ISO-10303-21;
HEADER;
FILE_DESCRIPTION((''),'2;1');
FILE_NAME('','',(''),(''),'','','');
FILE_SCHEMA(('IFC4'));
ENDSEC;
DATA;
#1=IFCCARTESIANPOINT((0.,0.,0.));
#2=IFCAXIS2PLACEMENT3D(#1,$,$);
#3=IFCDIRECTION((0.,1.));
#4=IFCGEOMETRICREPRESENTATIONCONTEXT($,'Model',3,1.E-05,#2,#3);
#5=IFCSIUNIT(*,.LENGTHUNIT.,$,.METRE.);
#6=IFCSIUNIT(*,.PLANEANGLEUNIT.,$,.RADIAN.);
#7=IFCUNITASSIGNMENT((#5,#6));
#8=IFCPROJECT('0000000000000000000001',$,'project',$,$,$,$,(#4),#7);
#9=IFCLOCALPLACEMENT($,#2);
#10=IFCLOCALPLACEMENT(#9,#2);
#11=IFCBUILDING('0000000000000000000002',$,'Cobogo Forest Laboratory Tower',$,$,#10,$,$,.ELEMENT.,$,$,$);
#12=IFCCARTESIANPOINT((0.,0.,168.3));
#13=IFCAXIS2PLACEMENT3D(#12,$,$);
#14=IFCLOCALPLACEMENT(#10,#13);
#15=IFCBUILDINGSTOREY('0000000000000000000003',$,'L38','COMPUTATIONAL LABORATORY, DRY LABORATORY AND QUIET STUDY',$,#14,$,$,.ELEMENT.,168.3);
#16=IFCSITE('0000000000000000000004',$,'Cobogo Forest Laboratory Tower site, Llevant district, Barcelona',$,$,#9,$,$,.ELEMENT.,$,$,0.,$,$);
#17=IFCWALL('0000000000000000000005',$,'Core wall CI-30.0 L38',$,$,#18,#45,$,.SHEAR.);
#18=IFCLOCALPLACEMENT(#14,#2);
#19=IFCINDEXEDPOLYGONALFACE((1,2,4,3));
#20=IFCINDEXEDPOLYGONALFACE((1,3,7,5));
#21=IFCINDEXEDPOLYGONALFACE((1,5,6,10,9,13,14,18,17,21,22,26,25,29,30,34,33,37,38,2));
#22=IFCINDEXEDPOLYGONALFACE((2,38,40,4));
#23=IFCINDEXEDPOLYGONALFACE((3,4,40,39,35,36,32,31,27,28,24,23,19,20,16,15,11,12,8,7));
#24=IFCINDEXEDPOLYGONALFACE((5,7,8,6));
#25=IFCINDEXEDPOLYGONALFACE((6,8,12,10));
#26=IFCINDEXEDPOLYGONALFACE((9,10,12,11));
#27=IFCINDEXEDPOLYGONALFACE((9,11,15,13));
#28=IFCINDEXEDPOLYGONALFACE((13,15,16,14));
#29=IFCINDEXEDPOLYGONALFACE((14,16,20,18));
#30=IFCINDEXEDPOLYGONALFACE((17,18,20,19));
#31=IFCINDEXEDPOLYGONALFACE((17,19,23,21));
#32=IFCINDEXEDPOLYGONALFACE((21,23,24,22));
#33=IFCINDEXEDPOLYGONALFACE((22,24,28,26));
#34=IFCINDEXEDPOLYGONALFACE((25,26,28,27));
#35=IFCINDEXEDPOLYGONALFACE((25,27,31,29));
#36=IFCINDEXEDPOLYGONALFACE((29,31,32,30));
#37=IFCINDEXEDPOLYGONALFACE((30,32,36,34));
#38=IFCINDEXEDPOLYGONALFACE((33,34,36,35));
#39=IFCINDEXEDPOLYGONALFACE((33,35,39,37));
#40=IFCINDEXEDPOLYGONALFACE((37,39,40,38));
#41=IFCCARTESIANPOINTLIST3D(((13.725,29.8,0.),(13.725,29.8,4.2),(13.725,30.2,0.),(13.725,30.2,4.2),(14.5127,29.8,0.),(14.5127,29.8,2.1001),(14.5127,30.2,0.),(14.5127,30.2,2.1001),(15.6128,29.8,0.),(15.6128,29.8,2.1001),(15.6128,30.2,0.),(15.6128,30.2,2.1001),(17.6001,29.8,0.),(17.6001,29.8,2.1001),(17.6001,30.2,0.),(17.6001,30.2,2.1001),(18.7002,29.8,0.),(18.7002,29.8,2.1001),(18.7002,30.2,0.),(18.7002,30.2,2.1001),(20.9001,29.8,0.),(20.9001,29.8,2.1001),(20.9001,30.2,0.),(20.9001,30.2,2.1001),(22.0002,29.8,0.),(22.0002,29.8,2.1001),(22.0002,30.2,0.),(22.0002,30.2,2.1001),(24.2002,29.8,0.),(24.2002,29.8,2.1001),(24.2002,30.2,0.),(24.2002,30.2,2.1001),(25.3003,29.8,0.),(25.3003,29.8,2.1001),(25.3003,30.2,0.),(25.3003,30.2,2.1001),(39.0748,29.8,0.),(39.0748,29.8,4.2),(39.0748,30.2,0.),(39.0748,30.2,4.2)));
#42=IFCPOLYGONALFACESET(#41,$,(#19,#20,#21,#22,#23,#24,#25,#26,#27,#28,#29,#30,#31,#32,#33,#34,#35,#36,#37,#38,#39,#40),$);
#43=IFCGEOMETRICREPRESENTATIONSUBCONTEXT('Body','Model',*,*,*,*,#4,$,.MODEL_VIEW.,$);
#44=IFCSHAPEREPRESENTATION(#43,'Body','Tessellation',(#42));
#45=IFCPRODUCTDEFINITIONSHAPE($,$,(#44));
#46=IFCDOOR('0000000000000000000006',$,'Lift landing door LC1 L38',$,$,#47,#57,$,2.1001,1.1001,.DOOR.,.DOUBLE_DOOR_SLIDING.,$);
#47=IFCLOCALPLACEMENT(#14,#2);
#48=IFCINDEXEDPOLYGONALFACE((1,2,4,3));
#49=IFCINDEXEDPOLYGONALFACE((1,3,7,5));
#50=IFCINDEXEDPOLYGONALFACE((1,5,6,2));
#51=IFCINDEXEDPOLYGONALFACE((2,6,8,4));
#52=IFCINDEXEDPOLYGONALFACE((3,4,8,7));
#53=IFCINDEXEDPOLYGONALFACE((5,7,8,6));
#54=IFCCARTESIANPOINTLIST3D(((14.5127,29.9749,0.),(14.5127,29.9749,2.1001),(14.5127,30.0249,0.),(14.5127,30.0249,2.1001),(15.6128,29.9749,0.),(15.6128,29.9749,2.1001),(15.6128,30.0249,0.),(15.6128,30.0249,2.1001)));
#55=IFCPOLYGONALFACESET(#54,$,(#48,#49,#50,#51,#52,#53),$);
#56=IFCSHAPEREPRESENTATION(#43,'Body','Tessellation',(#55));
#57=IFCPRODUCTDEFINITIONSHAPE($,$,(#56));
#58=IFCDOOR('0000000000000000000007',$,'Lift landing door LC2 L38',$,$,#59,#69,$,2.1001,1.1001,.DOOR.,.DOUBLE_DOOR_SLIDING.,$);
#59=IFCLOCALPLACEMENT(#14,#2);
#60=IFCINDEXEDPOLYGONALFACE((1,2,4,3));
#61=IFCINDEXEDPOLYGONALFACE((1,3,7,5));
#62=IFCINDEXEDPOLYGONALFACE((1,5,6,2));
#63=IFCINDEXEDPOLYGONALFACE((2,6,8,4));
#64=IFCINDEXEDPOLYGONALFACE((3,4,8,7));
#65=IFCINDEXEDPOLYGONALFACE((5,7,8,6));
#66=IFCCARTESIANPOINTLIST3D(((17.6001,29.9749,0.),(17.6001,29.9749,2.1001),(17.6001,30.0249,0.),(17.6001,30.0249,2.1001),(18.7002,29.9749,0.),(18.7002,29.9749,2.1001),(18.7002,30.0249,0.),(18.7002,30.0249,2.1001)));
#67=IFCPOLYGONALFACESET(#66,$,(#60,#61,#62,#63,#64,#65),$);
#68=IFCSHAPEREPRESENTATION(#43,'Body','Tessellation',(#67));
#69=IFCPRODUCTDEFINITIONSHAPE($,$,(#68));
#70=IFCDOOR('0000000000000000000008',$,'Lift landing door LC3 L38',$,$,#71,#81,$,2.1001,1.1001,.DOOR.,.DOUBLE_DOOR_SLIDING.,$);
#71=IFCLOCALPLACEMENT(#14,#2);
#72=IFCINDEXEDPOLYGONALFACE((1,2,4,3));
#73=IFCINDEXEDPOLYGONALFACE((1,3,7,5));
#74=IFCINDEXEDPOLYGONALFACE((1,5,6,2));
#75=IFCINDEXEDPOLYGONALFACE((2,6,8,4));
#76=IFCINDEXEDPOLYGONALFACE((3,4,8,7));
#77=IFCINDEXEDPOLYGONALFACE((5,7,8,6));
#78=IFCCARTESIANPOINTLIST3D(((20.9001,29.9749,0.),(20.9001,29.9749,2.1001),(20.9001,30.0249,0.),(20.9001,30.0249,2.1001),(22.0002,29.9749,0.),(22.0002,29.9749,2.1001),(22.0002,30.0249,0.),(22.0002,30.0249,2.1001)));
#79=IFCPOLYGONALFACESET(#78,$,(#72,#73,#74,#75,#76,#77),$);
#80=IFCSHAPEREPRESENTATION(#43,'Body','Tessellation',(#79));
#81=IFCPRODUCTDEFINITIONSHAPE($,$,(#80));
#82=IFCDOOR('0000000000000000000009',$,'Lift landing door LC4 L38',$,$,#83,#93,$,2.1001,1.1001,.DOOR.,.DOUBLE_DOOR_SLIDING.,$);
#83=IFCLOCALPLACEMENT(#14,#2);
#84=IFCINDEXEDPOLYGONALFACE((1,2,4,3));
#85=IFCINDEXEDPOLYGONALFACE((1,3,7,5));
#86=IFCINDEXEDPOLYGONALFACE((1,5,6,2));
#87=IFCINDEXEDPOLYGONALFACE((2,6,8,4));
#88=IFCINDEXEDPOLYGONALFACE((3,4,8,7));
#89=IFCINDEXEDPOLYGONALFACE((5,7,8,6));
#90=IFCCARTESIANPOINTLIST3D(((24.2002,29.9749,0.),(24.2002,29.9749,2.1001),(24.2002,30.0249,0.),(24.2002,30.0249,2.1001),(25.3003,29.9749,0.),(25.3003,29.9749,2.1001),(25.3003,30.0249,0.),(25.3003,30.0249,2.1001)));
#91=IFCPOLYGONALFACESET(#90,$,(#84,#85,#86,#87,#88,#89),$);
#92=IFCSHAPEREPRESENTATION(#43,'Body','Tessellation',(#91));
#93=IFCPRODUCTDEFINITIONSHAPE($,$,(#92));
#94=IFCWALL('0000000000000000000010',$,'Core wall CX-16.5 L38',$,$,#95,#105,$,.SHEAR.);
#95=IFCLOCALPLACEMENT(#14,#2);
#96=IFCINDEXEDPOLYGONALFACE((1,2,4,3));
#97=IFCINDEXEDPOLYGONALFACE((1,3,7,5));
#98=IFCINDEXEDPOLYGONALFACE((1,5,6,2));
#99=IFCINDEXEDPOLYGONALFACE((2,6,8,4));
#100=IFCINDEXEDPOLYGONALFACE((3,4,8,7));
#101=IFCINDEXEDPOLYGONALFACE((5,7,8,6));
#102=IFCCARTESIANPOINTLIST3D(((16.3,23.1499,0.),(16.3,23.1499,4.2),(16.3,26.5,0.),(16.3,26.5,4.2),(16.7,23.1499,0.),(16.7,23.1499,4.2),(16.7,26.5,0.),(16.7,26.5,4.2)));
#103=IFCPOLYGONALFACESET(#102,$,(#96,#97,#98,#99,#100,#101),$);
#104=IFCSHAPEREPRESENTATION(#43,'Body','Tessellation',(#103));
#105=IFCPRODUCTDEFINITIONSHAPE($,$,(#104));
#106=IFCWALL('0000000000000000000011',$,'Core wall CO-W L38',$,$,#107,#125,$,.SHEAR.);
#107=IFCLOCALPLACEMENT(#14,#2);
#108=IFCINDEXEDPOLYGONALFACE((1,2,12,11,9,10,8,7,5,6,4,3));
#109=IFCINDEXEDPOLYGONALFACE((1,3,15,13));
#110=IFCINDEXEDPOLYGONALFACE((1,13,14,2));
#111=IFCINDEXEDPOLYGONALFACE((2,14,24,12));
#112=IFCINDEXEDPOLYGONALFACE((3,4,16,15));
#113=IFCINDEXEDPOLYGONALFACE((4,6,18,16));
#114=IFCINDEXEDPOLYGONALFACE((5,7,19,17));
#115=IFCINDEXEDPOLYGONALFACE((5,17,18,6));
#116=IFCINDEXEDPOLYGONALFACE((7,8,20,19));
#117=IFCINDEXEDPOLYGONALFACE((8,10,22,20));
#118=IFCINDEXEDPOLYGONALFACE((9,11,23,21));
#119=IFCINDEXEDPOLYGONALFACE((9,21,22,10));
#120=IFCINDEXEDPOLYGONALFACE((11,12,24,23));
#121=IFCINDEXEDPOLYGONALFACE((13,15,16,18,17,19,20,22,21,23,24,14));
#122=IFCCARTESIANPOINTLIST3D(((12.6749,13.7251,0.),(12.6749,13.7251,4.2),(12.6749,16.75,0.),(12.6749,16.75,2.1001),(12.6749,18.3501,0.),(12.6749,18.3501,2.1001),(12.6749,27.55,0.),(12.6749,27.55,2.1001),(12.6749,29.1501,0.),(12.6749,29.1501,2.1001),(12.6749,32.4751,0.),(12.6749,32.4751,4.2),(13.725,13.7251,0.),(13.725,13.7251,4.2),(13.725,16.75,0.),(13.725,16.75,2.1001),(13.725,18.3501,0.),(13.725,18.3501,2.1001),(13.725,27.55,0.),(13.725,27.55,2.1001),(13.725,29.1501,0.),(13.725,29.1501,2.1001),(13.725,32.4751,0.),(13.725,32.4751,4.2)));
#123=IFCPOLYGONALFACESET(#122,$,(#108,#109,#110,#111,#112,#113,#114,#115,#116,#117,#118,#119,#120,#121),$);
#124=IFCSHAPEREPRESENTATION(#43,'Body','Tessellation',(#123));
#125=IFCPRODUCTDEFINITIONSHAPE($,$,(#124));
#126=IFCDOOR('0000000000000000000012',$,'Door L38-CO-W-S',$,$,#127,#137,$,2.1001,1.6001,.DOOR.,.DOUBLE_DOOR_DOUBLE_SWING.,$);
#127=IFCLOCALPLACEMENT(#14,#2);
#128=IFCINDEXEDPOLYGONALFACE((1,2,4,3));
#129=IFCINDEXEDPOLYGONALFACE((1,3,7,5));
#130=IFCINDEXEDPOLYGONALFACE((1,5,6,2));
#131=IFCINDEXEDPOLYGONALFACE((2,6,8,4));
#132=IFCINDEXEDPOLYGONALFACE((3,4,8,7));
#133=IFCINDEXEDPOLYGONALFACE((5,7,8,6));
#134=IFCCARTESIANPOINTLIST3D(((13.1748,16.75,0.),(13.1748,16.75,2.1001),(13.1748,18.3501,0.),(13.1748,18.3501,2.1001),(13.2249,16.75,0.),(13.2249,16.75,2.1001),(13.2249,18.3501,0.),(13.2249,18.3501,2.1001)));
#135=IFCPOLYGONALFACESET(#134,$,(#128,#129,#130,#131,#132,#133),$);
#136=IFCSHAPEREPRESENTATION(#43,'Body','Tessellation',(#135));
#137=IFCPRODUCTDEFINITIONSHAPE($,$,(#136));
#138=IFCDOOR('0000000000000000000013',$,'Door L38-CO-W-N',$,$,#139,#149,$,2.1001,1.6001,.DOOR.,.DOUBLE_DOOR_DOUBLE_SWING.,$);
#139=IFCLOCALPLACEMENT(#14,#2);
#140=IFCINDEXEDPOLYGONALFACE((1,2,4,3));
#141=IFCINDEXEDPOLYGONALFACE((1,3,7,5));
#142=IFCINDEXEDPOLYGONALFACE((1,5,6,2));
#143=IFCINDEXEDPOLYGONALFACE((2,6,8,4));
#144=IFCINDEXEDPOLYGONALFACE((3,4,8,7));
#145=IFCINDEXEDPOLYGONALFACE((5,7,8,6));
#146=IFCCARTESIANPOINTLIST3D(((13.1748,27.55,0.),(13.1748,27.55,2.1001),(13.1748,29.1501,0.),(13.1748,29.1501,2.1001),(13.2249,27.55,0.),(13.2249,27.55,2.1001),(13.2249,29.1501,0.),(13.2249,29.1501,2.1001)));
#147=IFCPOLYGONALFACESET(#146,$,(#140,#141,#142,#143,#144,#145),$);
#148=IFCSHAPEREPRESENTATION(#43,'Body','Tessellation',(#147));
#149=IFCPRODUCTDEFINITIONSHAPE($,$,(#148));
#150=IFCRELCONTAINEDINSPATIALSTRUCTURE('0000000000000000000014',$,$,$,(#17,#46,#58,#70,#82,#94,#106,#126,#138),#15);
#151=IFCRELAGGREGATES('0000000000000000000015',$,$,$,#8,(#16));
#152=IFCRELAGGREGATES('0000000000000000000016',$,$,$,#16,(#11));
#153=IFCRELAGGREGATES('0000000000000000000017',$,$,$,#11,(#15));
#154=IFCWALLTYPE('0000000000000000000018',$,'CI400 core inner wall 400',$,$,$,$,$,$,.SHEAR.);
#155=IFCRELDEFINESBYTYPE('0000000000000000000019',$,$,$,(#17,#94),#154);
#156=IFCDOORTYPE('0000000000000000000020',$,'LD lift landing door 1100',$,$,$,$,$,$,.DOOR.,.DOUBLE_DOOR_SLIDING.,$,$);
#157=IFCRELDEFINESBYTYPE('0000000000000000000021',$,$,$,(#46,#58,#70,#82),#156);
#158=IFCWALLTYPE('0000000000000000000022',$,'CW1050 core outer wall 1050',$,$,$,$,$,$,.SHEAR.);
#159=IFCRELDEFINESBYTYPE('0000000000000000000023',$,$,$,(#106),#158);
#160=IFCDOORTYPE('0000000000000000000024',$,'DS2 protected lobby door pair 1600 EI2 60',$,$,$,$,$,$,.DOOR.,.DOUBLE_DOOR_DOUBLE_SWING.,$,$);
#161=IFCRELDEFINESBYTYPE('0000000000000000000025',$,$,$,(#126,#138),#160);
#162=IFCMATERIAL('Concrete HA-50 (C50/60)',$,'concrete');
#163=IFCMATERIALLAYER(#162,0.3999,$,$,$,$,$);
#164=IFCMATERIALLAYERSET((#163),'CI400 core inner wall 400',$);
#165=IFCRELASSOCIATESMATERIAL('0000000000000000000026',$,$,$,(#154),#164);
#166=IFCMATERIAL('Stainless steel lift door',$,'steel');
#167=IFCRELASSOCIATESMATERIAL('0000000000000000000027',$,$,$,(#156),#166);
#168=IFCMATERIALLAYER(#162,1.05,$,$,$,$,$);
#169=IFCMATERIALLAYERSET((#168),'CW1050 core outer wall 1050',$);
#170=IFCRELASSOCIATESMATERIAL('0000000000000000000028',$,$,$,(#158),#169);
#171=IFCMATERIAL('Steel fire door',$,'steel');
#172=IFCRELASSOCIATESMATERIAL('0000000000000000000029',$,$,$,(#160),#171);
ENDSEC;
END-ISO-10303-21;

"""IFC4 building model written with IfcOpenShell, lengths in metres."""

from ifc_helpers import new_model, si_unit, direction, frame, frame_2d, origin, place, context, subcontext, project, spatial, rectangle, extrude, material, layer, layer_set, type_object, element, fill, save


model = new_model("IFC4")

# Units and contexts
model_context = context("Model", 3, precision=1e-05, world=origin(), true_north=direction((0.0, 1.0)))
body_context = subcontext(model_context, "Body", "Model", "MODEL_VIEW")
ifc_project = project(units=[si_unit("LENGTHUNIT", "METRE"), si_unit("PLANEANGLEUNIT", "RADIAN")], contexts=[model_context])

# Site, building, storey
site_placement = place(None, origin())
site = spatial("IfcSite", under=ifc_project, at=site_placement, Name="Cobogo Forest Laboratory Tower site, Llevant district, Barcelona", CompositionType="ELEMENT", RefElevation=0.0)
building_placement = place(site_placement, origin())
building = spatial("IfcBuilding", under=site, at=building_placement, Name="Cobogo Forest Laboratory Tower", CompositionType="ELEMENT")
storey_placement = place(building_placement, frame((0.0, 0.0, 168.3)))
storey = spatial("IfcBuildingStorey", under=building, at=storey_placement, Name="L38", Description="COMPUTATIONAL LABORATORY, DRY LABORATORY AND QUIET STUDY", CompositionType="ELEMENT", Elevation=168.3)

# Shared definitions
ifc_material_1 = material(Name="Concrete HA-50 (C50/60)", Category="concrete")

# Wall, openings, doors
ifc_layer_1 = layer(ifc_material_1, 0.3999)
ifc_layer_set_1 = layer_set([ifc_layer_1], Name="CI400 core inner wall 400")
wall_type_1 = type_object("IfcWallType", Name="CI400 core inner wall 400", PredefinedType="SHEAR", material=ifc_layer_set_1)
ifc_material_2 = material(Name="Steel fire door", Category="steel")
ifc_material_3 = material(Name="Stainless steel lift door", Category="steel")
door_type_1 = type_object("IfcDoorType", Name="LD lift landing door 1100", OperationType="DOUBLE_DOOR_SLIDING", PredefinedType="DOOR", material=ifc_material_3)
wall_1_placement = place(storey_placement, frame((13.7251, 30.0, 0.0), z_axis=(0.0, 0.0, 1.0), x_axis=(1.0, 0.0, 0.0)))
wall_1 = element("IfcWall", 1, at=wall_1_placement, inside=storey, type_object=wall_type_1, Name="Core wall CI-30.0 L38", PredefinedType="SHEAR", context=body_context, shape_type="SweptSolid", body=[
    extrude(rectangle(XDim=25.3499, YDim=0.3999, at=frame_2d((12.6748, 0.0))), origin(), (0.0, 0.0, 1.0), 4.2),
])
opening_1_placement = place(wall_1_placement, frame((0.7876, 0.0, 0.0)))
opening_1 = element("IfcOpeningElement", 2, at=opening_1_placement, cuts=wall_1, PredefinedType="OPENING", context=body_context, shape_type="SweptSolid", body=[
    extrude(rectangle(XDim=1.1001, YDim=2.1001, at=frame_2d((0.55, 1.05))), frame((0.0, 0.21, 0.0), z_axis=(0.0, -1.0, 0.0), x_axis=(1.0, 0.0, 0.0)), (0.0, 0.0, 1.0), 0.4199),
])
opening_2_placement = place(wall_1_placement, frame((3.875, 0.0, 0.0)))
opening_2 = element("IfcOpeningElement", 3, at=opening_2_placement, cuts=wall_1, PredefinedType="OPENING", context=body_context, shape_type="SweptSolid", body=[
    extrude(rectangle(XDim=1.1001, YDim=2.1001, at=frame_2d((0.55, 1.05))), frame((0.0, 0.21, 0.0), z_axis=(0.0, -1.0, 0.0), x_axis=(1.0, 0.0, 0.0)), (0.0, 0.0, 1.0), 0.4199),
])
opening_3_placement = place(wall_1_placement, frame((7.175, 0.0, 0.0)))
opening_3 = element("IfcOpeningElement", 4, at=opening_3_placement, cuts=wall_1, PredefinedType="OPENING", context=body_context, shape_type="SweptSolid", body=[
    extrude(rectangle(XDim=1.1001, YDim=2.1001, at=frame_2d((0.55, 1.05))), frame((0.0, 0.21, 0.0), z_axis=(0.0, -1.0, 0.0), x_axis=(1.0, 0.0, 0.0)), (0.0, 0.0, 1.0), 0.4199),
])
opening_4_placement = place(wall_1_placement, frame((10.4751, 0.0, 0.0)))
opening_4 = element("IfcOpeningElement", 5, at=opening_4_placement, cuts=wall_1, PredefinedType="OPENING", context=body_context, shape_type="SweptSolid", body=[
    extrude(rectangle(XDim=1.1001, YDim=2.1001, at=frame_2d((0.55, 1.05))), frame((0.0, 0.21, 0.0), z_axis=(0.0, -1.0, 0.0), x_axis=(1.0, 0.0, 0.0)), (0.0, 0.0, 1.0), 0.4199),
])
door_1_placement = place(opening_1_placement, origin())
door_1 = element("IfcDoor", 6, at=door_1_placement, inside=storey, type_object=door_type_1, Name="Lift landing door LC1 L38", OperationType="DOUBLE_DOOR_SLIDING", OverallHeight=2.1001, OverallWidth=1.1001, PredefinedType="DOOR", context=body_context, shape_type="SweptSolid", body=[
    extrude(rectangle(XDim=1.1001, YDim=2.1001, at=frame_2d((0.55, 1.05))), frame((0.0, 0.0249, 0.0), z_axis=(0.0, -1.0, 0.0), x_axis=(1.0, 0.0, 0.0)), (0.0, 0.0, 1.0), 0.05),
])
fill(opening_1, door_1)
door_2_placement = place(opening_2_placement, origin())
door_2 = element("IfcDoor", 7, at=door_2_placement, inside=storey, type_object=door_type_1, Name="Lift landing door LC2 L38", OperationType="DOUBLE_DOOR_SLIDING", OverallHeight=2.1001, OverallWidth=1.1001, PredefinedType="DOOR", context=body_context, shape_type="SweptSolid", body=[
    extrude(rectangle(XDim=1.1001, YDim=2.1001, at=frame_2d((0.55, 1.05))), frame((0.0, 0.0249, 0.0), z_axis=(0.0, -1.0, 0.0), x_axis=(1.0, 0.0, 0.0)), (0.0, 0.0, 1.0), 0.05),
])
fill(opening_2, door_2)
door_3_placement = place(opening_3_placement, origin())
door_3 = element("IfcDoor", 8, at=door_3_placement, inside=storey, type_object=door_type_1, Name="Lift landing door LC3 L38", OperationType="DOUBLE_DOOR_SLIDING", OverallHeight=2.1001, OverallWidth=1.1001, PredefinedType="DOOR", context=body_context, shape_type="SweptSolid", body=[
    extrude(rectangle(XDim=1.1001, YDim=2.1001, at=frame_2d((0.55, 1.05))), frame((0.0, 0.0249, 0.0), z_axis=(0.0, -1.0, 0.0), x_axis=(1.0, 0.0, 0.0)), (0.0, 0.0, 1.0), 0.05),
])
fill(opening_3, door_3)
door_4_placement = place(opening_4_placement, origin())
door_4 = element("IfcDoor", 9, at=door_4_placement, inside=storey, type_object=door_type_1, Name="Lift landing door LC4 L38", OperationType="DOUBLE_DOOR_SLIDING", OverallHeight=2.1001, OverallWidth=1.1001, PredefinedType="DOOR", context=body_context, shape_type="SweptSolid", body=[
    extrude(rectangle(XDim=1.1001, YDim=2.1001, at=frame_2d((0.55, 1.05))), frame((0.0, 0.0249, 0.0), z_axis=(0.0, -1.0, 0.0), x_axis=(1.0, 0.0, 0.0)), (0.0, 0.0, 1.0), 0.05),
])
fill(opening_4, door_4)

# Wall
wall_2_placement = place(storey_placement, frame((16.5, 23.1499, 0.0), z_axis=(0.0, 0.0, 1.0), x_axis=(0.0, 1.0, 0.0)))
element("IfcWall", 10, at=wall_2_placement, inside=storey, type_object=wall_type_1, Name="Core wall CX-16.5 L38", PredefinedType="SHEAR", context=body_context, shape_type="SweptSolid", body=[
    extrude(rectangle(XDim=3.3501, YDim=0.3999, at=frame_2d((1.675, 0.0))), origin(), (0.0, 0.0, 1.0), 4.2),
])

# Wall, openings, doors
ifc_layer_2 = layer(ifc_material_1, 1.05)
ifc_layer_set_2 = layer_set([ifc_layer_2], Name="CW1050 core outer wall 1050")
wall_type_2 = type_object("IfcWallType", Name="CW1050 core outer wall 1050", PredefinedType="SHEAR", material=ifc_layer_set_2)
wall_3_placement = place(storey_placement, frame((13.2, 32.4751, 0.0), z_axis=(0.0, 0.0, 1.0), x_axis=(0.0, -1.0, 0.0)))
wall_3 = element("IfcWall", 11, at=wall_3_placement, inside=storey, type_object=wall_type_2, Name="Core wall CO-W L38", PredefinedType="SHEAR", context=body_context, shape_type="SweptSolid", body=[
    extrude(rectangle(XDim=18.75, YDim=1.05, at=frame_2d((9.375, 0.0))), origin(), (0.0, 0.0, 1.0), 4.2),
])
opening_5_placement = place(wall_3_placement, frame((14.125, 0.0, 0.0)))
opening_5 = element("IfcOpeningElement", 12, at=opening_5_placement, cuts=wall_3, PredefinedType="OPENING", context=body_context, shape_type="SweptSolid", body=[
    extrude(rectangle(XDim=1.6001, YDim=2.1001, at=frame_2d((0.8, 1.05))), frame((0.0, 0.5349, 0.0), z_axis=(0.0, -1.0, 0.0), x_axis=(1.0, 0.0, 0.0)), (0.0, 0.0, 1.0), 1.0701),
])
opening_6_placement = place(wall_3_placement, frame((3.325, 0.0, 0.0)))
opening_6 = element("IfcOpeningElement", 13, at=opening_6_placement, cuts=wall_3, PredefinedType="OPENING", context=body_context, shape_type="SweptSolid", body=[
    extrude(rectangle(XDim=1.6001, YDim=2.1001, at=frame_2d((0.8, 1.05))), frame((0.0, 0.5349, 0.0), z_axis=(0.0, -1.0, 0.0), x_axis=(1.0, 0.0, 0.0)), (0.0, 0.0, 1.0), 1.0701),
])
door_type_2 = type_object("IfcDoorType", Name="DS2 protected lobby door pair 1600 EI2 60", OperationType="DOUBLE_DOOR_DOUBLE_SWING", PredefinedType="DOOR", material=ifc_material_2)
door_5_placement = place(opening_5_placement, origin())
door_5 = element("IfcDoor", 14, at=door_5_placement, inside=storey, type_object=door_type_2, Name="Door L38-CO-W-S", OperationType="DOUBLE_DOOR_DOUBLE_SWING", OverallHeight=2.1001, OverallWidth=1.6001, PredefinedType="DOOR", context=body_context, shape_type="SweptSolid", body=[
    extrude(rectangle(XDim=1.6001, YDim=2.1001, at=frame_2d((0.8, 1.05))), frame((0.0, 0.0249, 0.0), z_axis=(0.0, -1.0, 0.0), x_axis=(1.0, 0.0, 0.0)), (0.0, 0.0, 1.0), 0.05),
])
fill(opening_5, door_5)
door_6_placement = place(opening_6_placement, origin())
door_6 = element("IfcDoor", 15, at=door_6_placement, inside=storey, type_object=door_type_2, Name="Door L38-CO-W-N", OperationType="DOUBLE_DOOR_DOUBLE_SWING", OverallHeight=2.1001, OverallWidth=1.6001, PredefinedType="DOOR", context=body_context, shape_type="SweptSolid", body=[
    extrude(rectangle(XDim=1.6001, YDim=2.1001, at=frame_2d((0.8, 1.05))), frame((0.0, 0.0249, 0.0), z_axis=(0.0, -1.0, 0.0), x_axis=(1.0, 0.0, 0.0)), (0.0, 0.0, 1.0), 0.05),
])
fill(opening_6, door_6)

save(model, "model.ifc")
